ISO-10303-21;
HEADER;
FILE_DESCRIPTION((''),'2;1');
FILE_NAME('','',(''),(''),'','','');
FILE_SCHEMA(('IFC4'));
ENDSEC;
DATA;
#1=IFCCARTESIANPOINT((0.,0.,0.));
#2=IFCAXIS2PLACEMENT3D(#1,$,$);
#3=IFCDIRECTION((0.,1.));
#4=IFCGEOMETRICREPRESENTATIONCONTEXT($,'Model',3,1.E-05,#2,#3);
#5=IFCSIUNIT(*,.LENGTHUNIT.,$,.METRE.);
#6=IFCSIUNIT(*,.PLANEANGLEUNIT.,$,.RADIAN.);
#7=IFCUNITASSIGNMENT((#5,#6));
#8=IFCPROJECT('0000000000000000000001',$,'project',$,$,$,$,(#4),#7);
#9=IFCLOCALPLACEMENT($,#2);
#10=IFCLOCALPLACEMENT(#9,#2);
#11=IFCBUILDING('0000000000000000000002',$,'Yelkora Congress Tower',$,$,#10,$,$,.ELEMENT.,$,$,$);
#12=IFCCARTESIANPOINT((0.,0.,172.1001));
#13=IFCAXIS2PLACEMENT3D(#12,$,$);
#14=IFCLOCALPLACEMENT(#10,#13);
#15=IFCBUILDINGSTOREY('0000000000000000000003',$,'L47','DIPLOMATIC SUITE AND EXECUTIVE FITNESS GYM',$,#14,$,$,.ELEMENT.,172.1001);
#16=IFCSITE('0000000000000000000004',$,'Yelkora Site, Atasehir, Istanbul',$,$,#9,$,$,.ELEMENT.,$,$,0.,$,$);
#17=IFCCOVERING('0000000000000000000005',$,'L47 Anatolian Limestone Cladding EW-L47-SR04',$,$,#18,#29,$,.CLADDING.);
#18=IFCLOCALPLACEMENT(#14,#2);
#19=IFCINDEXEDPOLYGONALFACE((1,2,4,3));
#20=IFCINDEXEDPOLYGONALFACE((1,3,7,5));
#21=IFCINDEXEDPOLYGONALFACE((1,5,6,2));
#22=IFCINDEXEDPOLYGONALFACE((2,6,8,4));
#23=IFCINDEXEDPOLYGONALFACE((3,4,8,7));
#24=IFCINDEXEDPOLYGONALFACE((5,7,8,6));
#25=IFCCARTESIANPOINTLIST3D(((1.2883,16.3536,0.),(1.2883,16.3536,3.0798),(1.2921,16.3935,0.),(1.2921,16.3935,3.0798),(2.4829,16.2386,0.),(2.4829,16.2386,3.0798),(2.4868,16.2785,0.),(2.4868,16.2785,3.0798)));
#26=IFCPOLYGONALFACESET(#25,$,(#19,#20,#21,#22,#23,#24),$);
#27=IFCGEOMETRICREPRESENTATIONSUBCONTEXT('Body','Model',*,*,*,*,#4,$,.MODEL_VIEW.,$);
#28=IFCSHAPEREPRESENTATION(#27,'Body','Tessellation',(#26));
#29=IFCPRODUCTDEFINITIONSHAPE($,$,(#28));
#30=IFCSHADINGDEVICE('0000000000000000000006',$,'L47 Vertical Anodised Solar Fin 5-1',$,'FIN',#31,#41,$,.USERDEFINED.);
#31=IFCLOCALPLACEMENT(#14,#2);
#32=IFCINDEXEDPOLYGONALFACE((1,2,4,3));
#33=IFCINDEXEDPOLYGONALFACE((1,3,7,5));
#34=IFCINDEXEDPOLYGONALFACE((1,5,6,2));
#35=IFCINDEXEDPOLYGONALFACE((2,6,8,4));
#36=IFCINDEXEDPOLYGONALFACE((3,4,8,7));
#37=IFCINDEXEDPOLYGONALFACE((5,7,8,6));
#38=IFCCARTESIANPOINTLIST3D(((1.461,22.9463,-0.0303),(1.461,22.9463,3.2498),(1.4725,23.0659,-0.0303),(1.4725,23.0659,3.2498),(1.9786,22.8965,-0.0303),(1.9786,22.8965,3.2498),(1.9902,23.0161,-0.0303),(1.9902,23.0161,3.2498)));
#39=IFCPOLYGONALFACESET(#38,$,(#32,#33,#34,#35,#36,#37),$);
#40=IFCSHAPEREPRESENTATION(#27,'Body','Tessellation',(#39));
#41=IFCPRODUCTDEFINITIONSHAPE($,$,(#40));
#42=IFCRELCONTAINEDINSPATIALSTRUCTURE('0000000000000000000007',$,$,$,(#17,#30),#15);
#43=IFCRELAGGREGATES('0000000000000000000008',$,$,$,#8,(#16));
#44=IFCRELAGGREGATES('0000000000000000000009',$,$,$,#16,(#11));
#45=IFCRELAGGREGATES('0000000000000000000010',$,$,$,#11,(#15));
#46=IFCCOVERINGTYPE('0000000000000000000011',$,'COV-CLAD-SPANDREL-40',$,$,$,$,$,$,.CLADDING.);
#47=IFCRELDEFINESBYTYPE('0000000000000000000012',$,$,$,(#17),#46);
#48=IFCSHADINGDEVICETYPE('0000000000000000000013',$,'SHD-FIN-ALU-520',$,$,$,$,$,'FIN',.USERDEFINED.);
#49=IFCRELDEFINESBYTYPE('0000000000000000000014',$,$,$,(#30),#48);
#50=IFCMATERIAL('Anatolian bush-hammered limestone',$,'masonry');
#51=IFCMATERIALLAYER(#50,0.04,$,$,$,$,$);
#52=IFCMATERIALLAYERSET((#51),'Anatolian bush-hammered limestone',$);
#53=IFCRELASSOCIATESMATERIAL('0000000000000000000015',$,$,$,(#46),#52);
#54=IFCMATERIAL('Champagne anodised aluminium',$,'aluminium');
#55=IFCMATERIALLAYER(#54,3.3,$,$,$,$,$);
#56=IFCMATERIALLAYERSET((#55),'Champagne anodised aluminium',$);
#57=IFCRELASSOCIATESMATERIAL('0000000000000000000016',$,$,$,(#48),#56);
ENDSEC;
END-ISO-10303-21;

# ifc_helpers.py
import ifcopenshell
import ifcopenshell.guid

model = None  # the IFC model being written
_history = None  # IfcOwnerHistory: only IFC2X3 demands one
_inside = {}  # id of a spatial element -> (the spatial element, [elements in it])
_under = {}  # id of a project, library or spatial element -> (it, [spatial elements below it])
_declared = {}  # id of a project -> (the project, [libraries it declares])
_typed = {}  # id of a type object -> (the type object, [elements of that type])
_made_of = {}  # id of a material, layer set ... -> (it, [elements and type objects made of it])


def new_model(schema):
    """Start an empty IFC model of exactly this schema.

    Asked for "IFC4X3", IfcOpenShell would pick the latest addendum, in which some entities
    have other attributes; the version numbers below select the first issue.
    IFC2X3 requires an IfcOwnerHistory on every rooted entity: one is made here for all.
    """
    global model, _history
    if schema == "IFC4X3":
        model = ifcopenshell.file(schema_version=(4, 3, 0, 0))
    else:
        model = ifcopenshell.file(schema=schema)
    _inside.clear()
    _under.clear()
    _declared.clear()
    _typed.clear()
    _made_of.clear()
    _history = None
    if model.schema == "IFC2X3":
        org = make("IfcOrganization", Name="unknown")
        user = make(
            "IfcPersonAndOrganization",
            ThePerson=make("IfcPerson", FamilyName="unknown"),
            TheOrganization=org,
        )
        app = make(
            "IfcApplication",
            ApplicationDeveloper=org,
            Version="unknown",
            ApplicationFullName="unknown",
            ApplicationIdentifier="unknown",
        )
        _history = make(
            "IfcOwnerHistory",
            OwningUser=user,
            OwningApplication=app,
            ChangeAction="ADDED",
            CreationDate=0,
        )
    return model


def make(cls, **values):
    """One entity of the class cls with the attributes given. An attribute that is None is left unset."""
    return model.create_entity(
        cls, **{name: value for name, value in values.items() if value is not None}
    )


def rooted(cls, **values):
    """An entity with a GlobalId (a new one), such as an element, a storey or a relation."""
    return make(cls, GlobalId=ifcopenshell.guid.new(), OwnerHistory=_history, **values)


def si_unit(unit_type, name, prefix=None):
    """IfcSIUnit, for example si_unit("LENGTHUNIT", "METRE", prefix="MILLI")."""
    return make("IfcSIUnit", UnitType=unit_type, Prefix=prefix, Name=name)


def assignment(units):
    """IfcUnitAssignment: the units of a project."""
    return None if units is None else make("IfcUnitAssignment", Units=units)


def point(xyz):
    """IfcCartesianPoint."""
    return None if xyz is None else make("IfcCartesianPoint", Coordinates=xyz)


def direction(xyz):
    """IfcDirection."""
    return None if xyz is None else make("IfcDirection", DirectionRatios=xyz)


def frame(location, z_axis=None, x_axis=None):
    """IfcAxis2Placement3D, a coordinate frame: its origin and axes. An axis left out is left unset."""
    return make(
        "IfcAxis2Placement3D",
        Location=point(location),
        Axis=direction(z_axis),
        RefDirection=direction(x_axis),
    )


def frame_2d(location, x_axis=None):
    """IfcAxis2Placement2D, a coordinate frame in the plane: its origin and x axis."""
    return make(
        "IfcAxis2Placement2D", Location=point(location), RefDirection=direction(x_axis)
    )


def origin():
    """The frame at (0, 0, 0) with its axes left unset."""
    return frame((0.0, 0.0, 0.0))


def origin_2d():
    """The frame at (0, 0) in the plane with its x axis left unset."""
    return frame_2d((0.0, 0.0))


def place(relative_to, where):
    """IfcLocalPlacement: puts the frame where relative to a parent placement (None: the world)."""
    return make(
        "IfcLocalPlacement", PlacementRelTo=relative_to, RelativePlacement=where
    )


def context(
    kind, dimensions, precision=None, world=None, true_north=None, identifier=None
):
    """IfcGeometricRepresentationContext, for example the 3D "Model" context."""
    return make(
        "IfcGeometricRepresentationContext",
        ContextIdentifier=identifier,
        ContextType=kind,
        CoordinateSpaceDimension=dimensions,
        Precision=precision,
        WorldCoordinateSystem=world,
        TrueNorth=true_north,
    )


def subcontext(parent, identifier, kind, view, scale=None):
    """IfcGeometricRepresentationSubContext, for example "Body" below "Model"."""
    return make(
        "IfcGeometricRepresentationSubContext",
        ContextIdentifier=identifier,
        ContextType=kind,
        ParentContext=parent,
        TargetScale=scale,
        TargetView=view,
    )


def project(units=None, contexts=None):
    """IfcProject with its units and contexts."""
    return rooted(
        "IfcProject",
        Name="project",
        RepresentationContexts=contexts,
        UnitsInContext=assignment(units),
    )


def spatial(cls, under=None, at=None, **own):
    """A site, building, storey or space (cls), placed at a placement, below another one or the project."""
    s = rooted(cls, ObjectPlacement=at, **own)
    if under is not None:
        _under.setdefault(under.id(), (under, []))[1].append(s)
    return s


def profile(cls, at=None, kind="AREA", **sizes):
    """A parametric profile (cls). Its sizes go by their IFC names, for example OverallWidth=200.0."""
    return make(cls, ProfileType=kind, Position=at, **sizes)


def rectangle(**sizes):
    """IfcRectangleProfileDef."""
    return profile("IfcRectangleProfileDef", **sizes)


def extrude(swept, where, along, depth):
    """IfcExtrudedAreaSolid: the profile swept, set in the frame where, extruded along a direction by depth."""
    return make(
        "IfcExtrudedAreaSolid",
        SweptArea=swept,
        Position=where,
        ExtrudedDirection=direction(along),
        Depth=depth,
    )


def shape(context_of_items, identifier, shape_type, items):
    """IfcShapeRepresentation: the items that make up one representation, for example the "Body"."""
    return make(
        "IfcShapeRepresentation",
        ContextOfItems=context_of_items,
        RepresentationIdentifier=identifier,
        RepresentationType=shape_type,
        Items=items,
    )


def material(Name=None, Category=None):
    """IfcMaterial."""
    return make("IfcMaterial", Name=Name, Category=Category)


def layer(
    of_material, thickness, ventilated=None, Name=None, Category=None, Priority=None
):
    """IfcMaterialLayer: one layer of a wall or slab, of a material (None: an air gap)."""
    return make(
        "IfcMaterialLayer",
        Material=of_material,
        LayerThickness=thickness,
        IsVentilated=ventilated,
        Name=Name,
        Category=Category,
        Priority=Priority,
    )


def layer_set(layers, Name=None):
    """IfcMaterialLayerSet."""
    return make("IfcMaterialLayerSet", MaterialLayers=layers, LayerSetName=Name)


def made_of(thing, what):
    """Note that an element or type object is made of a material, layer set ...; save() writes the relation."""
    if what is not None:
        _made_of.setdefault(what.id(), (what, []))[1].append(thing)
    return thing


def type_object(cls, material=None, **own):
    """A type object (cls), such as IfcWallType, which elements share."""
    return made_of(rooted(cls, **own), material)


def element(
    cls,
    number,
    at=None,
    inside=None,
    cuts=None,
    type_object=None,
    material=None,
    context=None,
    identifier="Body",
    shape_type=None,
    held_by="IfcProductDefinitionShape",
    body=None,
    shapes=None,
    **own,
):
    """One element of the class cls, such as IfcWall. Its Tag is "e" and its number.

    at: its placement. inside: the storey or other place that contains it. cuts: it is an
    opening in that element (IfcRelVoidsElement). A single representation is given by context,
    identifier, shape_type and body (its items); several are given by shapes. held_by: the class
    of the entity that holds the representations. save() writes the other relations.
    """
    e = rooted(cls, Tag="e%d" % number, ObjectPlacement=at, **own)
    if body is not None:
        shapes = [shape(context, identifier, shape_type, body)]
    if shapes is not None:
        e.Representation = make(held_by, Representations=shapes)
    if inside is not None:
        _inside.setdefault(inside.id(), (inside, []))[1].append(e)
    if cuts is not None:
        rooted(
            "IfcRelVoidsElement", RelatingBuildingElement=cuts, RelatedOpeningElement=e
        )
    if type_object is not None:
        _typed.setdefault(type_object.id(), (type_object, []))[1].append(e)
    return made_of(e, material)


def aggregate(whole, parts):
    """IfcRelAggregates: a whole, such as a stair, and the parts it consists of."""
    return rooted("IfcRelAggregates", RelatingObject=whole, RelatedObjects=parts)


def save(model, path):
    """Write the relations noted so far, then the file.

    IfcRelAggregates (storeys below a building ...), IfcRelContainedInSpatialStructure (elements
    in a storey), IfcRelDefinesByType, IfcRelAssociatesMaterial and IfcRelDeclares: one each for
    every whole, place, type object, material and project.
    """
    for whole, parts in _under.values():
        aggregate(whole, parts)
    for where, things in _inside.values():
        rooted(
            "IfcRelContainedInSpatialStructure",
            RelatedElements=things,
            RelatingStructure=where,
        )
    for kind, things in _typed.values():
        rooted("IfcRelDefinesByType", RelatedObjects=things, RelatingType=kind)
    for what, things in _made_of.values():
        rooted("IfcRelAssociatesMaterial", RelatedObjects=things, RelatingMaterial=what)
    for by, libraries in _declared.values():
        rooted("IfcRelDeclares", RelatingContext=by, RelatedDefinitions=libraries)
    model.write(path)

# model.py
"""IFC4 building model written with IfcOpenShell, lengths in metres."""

from ifc_helpers import new_model, si_unit, direction, frame, frame_2d, origin, origin_2d, place, context, subcontext, project, spatial, rectangle, extrude, material, layer, layer_set, type_object, element, save


model = new_model("IFC4")

# Units and contexts
model_context = context("Model", 3, precision=1e-05, world=origin(), true_north=direction((0.0, 1.0)))
body_context = subcontext(model_context, "Body", "Model", "MODEL_VIEW")
ifc_project = project(units=[si_unit("LENGTHUNIT", "METRE"), si_unit("PLANEANGLEUNIT", "RADIAN")], contexts=[model_context])

# Site, building, storey
site_placement = place(None, origin())
site = spatial("IfcSite", under=ifc_project, at=site_placement, Name="Yelkora Site, Atasehir, Istanbul", CompositionType="ELEMENT", RefElevation=0.0)
building_placement = place(site_placement, origin())
building = spatial("IfcBuilding", under=site, at=building_placement, Name="Yelkora Congress Tower", CompositionType="ELEMENT")
storey_placement = place(building_placement, frame((0.0, 0.0, 172.1001)))
storey = spatial("IfcBuildingStorey", under=building, at=storey_placement, Name="L47", Description="DIPLOMATIC SUITE AND EXECUTIVE FITNESS GYM", CompositionType="ELEMENT", Elevation=172.1001)

# Covering
ifc_material_1 = material(Name="Anatolian bush-hammered limestone", Category="masonry")
ifc_layer_1 = layer(ifc_material_1, 0.04)
ifc_layer_set_1 = layer_set([ifc_layer_1], Name="Anatolian bush-hammered limestone")
covering_type = type_object("IfcCoveringType", Name="COV-CLAD-SPANDREL-40", PredefinedType="CLADDING", material=ifc_layer_set_1)
covering_placement = place(storey_placement, frame((2.4849, 16.2585, 0.0), z_axis=(0.0, 0.0, 1.0), x_axis=(-0.995399, 0.095817, 0.0)))
element("IfcCovering", 1, at=covering_placement, inside=storey, type_object=covering_type, Name="L47 Anatolian Limestone Cladding EW-L47-SR04", PredefinedType="CLADDING", context=body_context, shape_type="SweptSolid", body=[
    extrude(rectangle(XDim=1.2002, YDim=0.04, at=frame_2d((0.6001, 0.0))), origin(), (0.0, 0.0, 1.0), 3.0798),
])

# Shading device
ifc_material_2 = material(Name="Champagne anodised aluminium", Category="aluminium")
ifc_layer_2 = layer(ifc_material_2, 3.3)
ifc_layer_set_2 = layer_set([ifc_layer_2], Name="Champagne anodised aluminium")
shading_device_type = type_object("IfcShadingDeviceType", Name="SHD-FIN-ALU-520", ElementType="FIN", PredefinedType="USERDEFINED", material=ifc_layer_set_2)
shading_device_placement = place(storey_placement, frame((1.7256, 22.9812, -0.0303), z_axis=(0.0, 0.0, 1.0), x_axis=(0.095846, 0.995396, 0.0)))
element("IfcShadingDevice", 2, at=shading_device_placement, inside=storey, type_object=shading_device_type, Name="L47 Vertical Anodised Solar Fin 5-1", ObjectType="FIN", PredefinedType="USERDEFINED", context=body_context, shape_type="SweptSolid", body=[
    extrude(rectangle(XDim=0.1201, YDim=0.52, at=origin_2d()), origin(), (0.0, 0.0, 1.0), 3.28),
])

save(model, "model.ifc")
